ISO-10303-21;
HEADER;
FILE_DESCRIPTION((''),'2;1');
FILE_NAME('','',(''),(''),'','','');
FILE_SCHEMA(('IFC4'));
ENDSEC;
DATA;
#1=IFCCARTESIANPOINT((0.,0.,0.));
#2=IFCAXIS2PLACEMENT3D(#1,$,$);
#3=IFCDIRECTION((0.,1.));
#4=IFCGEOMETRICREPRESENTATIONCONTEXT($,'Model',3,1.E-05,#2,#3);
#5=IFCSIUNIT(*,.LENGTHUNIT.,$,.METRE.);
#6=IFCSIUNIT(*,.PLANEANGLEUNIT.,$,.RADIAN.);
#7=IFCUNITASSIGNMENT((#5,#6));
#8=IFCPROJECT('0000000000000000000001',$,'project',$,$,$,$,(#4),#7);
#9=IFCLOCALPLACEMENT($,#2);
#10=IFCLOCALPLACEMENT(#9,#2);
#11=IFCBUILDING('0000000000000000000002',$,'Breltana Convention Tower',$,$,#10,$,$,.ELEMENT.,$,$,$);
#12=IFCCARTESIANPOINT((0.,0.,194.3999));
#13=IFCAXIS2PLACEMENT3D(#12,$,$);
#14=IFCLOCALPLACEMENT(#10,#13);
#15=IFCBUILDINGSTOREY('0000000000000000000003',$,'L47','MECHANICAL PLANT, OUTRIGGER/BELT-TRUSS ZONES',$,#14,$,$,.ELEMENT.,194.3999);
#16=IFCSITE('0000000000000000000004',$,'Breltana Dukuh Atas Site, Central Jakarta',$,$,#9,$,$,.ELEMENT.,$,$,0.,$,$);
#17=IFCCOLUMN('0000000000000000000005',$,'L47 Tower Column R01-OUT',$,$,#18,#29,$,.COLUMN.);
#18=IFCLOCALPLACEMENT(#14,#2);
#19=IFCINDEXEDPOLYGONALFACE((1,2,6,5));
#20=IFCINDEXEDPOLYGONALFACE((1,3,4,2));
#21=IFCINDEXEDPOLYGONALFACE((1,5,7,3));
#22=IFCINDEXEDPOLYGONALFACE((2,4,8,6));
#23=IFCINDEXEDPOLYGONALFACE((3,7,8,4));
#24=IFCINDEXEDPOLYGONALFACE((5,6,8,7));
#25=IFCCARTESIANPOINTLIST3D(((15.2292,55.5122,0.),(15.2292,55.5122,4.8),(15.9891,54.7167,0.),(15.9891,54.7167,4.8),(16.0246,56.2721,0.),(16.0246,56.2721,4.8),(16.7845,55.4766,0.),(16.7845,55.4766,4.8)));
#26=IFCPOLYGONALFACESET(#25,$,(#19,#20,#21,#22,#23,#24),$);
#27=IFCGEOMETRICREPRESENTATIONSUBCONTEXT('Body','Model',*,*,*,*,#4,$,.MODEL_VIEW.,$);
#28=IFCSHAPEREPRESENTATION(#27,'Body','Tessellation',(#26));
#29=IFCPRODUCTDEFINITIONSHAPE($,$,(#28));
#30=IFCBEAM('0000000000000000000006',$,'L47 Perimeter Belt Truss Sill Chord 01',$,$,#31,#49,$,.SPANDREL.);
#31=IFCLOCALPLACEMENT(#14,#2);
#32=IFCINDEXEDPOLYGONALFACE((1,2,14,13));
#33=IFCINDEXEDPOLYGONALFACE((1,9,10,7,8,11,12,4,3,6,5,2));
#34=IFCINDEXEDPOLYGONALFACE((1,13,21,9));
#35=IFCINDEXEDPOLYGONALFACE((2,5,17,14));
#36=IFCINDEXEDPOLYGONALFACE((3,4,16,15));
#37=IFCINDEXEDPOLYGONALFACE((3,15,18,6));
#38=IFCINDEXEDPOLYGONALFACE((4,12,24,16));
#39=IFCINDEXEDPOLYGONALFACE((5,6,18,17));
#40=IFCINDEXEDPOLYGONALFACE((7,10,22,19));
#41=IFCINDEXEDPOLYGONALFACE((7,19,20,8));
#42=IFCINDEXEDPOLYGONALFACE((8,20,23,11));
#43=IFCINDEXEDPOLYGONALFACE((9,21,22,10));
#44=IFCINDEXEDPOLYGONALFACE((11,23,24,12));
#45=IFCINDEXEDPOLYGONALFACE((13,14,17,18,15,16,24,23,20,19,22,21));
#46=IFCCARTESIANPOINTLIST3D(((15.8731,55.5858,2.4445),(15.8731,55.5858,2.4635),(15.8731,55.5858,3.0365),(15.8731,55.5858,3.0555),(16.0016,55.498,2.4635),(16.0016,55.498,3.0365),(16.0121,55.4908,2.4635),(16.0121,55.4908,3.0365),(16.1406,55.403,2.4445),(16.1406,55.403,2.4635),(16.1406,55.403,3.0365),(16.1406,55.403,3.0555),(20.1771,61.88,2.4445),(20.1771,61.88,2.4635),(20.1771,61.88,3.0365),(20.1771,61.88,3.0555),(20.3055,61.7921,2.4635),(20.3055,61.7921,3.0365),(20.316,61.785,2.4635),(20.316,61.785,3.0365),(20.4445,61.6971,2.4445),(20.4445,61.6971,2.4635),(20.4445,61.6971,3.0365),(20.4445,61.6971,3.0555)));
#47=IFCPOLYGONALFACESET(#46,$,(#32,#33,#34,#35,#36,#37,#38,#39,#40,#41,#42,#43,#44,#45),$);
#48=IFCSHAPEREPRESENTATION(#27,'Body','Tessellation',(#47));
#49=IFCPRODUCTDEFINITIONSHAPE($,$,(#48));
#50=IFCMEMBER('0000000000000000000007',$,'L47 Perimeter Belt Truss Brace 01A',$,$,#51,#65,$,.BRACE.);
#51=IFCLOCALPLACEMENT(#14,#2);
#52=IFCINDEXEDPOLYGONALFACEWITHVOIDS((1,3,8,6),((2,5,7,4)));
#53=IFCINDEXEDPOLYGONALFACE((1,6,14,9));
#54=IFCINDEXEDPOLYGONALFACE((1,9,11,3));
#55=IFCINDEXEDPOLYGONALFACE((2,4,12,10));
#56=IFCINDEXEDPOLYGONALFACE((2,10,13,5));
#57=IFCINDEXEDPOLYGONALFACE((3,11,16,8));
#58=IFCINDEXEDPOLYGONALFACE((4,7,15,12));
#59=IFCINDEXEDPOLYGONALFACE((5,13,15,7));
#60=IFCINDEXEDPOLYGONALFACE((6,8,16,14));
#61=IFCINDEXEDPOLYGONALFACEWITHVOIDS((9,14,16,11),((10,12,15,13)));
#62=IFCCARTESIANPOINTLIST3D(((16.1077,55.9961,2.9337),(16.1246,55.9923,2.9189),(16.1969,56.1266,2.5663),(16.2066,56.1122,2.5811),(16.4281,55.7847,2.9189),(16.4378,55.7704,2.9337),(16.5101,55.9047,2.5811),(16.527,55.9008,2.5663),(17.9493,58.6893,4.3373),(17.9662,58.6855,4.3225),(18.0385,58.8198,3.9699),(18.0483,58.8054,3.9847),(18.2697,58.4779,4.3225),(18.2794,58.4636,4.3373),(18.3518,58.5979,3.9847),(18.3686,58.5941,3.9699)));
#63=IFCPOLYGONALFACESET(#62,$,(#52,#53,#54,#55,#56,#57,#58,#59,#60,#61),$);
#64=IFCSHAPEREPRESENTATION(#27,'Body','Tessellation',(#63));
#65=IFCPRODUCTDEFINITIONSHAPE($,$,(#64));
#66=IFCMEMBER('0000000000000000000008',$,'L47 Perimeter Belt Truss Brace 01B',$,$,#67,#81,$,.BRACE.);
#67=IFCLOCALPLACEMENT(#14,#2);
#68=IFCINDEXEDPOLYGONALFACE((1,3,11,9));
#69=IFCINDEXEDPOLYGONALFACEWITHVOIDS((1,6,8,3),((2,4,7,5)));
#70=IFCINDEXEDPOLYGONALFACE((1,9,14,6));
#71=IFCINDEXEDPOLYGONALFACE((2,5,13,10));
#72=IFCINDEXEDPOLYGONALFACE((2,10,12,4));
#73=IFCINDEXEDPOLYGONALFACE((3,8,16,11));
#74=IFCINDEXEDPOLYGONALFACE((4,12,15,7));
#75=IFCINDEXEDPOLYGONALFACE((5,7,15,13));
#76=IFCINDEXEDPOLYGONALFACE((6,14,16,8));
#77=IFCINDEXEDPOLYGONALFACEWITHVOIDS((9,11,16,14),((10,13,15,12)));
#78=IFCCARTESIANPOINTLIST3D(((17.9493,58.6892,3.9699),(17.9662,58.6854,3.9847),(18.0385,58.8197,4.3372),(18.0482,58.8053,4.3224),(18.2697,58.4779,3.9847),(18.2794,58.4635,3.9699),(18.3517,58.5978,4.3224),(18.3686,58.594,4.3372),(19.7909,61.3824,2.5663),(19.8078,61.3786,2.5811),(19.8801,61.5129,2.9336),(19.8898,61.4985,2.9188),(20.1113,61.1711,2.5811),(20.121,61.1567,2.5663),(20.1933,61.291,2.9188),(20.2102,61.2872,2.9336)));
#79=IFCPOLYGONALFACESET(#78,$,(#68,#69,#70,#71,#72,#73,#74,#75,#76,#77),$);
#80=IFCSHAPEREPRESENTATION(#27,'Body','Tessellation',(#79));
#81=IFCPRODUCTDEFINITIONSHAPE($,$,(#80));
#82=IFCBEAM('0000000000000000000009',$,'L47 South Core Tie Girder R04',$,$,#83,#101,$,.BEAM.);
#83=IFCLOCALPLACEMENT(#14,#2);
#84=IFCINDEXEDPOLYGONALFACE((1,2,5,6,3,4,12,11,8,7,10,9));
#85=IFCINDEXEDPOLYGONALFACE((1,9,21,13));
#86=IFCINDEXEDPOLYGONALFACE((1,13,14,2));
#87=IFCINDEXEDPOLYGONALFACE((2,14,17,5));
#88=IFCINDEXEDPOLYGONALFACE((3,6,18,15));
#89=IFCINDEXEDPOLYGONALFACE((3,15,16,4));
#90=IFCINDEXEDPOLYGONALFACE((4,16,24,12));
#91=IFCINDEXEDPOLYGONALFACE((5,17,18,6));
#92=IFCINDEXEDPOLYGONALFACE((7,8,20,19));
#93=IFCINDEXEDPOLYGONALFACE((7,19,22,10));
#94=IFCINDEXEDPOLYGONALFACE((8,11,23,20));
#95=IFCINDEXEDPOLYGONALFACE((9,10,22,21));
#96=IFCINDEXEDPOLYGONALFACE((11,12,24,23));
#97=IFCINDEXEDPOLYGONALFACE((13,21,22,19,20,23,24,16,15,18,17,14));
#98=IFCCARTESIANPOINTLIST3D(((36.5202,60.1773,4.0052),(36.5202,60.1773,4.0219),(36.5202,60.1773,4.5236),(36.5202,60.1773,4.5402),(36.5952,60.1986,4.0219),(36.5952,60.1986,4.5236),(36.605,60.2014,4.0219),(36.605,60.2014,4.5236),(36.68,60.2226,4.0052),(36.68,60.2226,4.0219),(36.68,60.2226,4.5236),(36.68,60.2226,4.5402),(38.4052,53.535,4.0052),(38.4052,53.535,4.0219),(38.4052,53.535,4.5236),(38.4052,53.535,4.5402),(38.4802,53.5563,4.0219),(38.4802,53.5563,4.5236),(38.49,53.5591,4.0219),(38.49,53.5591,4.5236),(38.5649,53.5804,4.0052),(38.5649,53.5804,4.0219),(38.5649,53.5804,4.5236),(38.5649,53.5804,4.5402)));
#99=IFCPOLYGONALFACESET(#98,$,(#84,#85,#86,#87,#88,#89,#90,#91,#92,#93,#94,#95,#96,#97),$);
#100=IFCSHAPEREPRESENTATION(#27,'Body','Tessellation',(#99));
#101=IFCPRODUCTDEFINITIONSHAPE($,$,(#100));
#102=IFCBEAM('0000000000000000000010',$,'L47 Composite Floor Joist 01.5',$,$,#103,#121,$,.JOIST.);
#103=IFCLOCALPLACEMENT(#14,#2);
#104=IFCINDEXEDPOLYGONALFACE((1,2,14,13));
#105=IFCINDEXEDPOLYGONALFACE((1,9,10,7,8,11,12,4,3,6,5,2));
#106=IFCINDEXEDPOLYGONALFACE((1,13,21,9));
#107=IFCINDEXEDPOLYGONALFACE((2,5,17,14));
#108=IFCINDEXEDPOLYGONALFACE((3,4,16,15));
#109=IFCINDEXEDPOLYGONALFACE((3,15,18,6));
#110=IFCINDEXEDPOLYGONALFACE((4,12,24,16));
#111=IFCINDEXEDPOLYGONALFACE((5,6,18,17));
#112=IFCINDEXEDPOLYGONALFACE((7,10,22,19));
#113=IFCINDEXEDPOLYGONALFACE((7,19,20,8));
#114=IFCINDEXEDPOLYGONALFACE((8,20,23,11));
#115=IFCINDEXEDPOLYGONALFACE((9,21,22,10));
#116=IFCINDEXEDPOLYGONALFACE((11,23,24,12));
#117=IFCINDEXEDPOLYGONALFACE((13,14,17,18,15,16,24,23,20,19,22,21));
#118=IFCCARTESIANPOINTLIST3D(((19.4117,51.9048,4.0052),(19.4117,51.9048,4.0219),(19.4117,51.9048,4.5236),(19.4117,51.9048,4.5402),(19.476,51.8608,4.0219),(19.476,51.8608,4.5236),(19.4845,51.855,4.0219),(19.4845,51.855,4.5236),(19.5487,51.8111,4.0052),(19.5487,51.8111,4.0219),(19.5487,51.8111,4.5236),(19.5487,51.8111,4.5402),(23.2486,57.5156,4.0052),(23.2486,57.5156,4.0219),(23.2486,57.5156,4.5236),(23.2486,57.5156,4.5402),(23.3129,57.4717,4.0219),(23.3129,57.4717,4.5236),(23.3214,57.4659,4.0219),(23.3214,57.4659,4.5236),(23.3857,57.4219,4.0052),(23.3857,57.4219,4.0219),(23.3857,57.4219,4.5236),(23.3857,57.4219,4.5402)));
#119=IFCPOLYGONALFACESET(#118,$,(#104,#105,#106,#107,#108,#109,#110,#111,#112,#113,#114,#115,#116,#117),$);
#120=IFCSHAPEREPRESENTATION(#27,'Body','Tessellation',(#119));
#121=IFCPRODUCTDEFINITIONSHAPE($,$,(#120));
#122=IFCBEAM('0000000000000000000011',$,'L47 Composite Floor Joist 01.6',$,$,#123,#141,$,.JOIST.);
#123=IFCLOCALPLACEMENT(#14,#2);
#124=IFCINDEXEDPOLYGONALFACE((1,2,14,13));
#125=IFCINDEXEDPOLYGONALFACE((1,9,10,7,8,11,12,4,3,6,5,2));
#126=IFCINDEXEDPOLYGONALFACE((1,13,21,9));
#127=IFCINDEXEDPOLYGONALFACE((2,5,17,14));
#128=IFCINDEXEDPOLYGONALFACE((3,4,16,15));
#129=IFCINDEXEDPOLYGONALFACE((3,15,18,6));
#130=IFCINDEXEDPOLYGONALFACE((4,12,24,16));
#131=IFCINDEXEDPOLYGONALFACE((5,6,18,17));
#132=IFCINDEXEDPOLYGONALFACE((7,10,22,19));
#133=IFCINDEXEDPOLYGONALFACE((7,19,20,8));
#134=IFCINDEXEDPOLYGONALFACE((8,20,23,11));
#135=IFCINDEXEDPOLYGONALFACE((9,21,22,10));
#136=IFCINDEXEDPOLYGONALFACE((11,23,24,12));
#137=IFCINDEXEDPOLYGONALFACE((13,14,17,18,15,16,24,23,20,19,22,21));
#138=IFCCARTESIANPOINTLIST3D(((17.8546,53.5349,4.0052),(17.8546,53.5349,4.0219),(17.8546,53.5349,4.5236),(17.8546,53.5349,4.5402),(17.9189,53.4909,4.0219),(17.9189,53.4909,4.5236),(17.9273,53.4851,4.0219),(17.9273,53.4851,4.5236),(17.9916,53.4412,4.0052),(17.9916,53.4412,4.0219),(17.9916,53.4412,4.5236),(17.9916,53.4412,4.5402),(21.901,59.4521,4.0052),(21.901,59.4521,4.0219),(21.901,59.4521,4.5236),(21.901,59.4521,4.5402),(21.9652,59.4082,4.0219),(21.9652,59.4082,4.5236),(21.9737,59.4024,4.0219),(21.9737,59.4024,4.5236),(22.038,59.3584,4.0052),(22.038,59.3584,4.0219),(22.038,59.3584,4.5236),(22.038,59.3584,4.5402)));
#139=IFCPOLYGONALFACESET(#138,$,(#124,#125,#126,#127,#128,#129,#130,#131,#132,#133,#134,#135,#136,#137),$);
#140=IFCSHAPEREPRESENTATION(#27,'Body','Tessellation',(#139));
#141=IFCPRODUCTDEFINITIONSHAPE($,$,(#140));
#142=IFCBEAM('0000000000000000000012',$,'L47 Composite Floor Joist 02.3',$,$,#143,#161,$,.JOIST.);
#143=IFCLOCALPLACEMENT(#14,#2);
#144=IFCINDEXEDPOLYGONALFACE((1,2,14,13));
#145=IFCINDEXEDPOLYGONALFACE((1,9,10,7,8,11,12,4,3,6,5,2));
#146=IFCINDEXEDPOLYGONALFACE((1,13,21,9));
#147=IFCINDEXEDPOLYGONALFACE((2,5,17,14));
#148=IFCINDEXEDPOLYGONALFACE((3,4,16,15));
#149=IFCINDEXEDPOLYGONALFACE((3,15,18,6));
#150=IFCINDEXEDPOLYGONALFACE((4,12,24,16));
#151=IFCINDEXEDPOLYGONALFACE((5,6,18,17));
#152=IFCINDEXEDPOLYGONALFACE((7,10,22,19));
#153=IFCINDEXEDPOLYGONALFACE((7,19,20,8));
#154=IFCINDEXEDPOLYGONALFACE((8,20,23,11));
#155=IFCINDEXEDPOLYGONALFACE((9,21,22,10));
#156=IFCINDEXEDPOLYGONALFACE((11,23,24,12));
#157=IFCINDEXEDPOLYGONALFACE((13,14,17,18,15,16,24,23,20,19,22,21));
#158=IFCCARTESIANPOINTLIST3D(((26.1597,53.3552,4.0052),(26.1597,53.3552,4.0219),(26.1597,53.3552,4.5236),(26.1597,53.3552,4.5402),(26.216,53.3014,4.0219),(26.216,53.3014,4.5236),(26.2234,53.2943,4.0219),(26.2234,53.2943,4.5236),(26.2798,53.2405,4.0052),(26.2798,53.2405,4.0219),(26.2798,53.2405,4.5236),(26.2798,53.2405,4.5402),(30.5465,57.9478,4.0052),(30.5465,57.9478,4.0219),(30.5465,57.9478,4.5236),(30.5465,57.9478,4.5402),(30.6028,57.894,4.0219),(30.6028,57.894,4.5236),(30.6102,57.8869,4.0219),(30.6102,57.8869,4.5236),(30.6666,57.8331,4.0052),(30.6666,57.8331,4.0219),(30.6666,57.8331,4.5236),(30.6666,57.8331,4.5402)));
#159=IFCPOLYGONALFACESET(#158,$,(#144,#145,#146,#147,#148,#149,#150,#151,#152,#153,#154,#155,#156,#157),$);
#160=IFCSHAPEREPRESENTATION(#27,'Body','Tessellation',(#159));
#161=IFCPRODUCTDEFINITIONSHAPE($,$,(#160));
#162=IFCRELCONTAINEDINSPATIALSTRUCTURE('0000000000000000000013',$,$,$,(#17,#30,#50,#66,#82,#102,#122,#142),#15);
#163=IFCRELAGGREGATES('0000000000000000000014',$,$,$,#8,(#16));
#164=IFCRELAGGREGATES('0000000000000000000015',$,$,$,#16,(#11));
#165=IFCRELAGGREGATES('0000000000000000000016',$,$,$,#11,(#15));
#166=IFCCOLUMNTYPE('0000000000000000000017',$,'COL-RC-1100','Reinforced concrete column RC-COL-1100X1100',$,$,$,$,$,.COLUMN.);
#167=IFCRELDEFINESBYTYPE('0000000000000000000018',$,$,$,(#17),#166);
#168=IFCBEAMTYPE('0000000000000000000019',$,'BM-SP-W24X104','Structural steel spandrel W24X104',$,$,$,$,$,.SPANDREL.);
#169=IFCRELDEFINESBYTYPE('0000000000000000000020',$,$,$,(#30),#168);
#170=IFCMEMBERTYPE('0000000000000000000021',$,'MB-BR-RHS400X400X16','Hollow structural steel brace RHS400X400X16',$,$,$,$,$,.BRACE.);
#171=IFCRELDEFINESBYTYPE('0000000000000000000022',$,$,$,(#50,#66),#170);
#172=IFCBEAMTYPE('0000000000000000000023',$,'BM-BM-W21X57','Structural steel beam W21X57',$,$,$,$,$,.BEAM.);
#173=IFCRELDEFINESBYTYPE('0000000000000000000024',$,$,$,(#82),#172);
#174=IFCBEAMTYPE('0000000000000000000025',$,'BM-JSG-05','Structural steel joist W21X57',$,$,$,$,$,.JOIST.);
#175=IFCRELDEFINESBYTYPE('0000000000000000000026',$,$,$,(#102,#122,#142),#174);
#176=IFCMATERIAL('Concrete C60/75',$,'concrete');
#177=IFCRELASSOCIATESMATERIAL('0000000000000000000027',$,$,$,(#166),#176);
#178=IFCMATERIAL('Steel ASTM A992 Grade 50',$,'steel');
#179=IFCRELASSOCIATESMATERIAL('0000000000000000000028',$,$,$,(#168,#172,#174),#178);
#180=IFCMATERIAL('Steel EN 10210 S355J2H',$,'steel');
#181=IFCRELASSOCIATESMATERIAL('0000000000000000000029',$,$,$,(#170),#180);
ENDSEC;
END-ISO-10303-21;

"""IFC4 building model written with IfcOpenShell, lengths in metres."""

from ifc_helpers import new_model, si_unit, direction, frame, origin, origin_2d, place, context, subcontext, project, spatial, rectangle, hollow_rectangle, i_section, extrude, source, transform, mapped, material, material_profile, profile_set, type_object, type_shapes, element, save


model = new_model("IFC4")

# Units and contexts
model_context = context("Model", 3, precision=1e-05, world=origin(), true_north=direction((0.0, 1.0)))
body_context = subcontext(model_context, "Body", "Model", "MODEL_VIEW")
ifc_project = project(units=[si_unit("LENGTHUNIT", "METRE"), si_unit("PLANEANGLEUNIT", "RADIAN")], contexts=[model_context])

# Site, building, storey
site_placement = place(None, origin())
site = spatial("IfcSite", under=ifc_project, at=site_placement, Name="Breltana Dukuh Atas Site, Central Jakarta", CompositionType="ELEMENT", RefElevation=0.0)
building_placement = place(site_placement, origin())
building = spatial("IfcBuilding", under=site, at=building_placement, Name="Breltana Convention Tower", CompositionType="ELEMENT")
storey_placement = place(building_placement, frame((0.0, 0.0, 194.3999)))
storey = spatial("IfcBuildingStorey", under=building, at=storey_placement, Name="L47", Description="MECHANICAL PLANT, OUTRIGGER/BELT-TRUSS ZONES", CompositionType="ELEMENT", Elevation=194.3999)

# Column
ifc_material_1 = material(Name="Concrete C60/75", Category="concrete")
ifc_material_profile_1 = material_profile(ifc_material_1, rectangle(XDim=1.1001, YDim=1.1001, at=origin_2d()), Name="RC-COL-1100X1100")
ifc_profile_set_1 = profile_set([ifc_material_profile_1], Name="Concrete C60/75")
column_type = type_object("IfcColumnType", Name="COL-RC-1100", Description="Reinforced concrete column RC-COL-1100X1100", PredefinedType="COLUMN", material=ifc_profile_set_1)
shared_shape_1 = source(origin(), body_context, "Body", "SweptSolid", [
    extrude(rectangle(XDim=1.1001, YDim=1.1001, at=origin_2d()), origin(), (0.0, 0.0, 1.0), 4.8),
])
column_placement = place(storey_placement, frame((16.0068, 55.4944, 0.0), z_axis=(0.0, 0.0, 1.0), x_axis=(-0.690756, 0.723088, 0.0)))
element("IfcColumn", 1, at=column_placement, inside=storey, type_object=column_type, Name="L47 Tower Column R01-OUT", PredefinedType="COLUMN", context=body_context, shape_type="MappedRepresentation", body=[
    mapped(shared_shape_1, transform((0.0, 0.0, 0.0), scale=1.0)),
])

# Beam
ifc_material_2 = material(Name="Steel ASTM A992 Grade 50", Category="steel")
ifc_material_profile_2 = material_profile(ifc_material_2, i_section(OverallWidth=0.324, OverallDepth=0.6111, WebThickness=0.0127, FlangeThickness=0.019, at=origin_2d()), Name="W24X104")
ifc_profile_set_2 = profile_set([ifc_material_profile_2], Name="Steel ASTM A992 Grade 50")
beam_type_1 = type_object("IfcBeamType", Name="BM-SP-W24X104", Description="Structural steel spandrel W24X104", PredefinedType="SPANDREL", material=ifc_profile_set_2)
shared_shape_2 = source(origin(), body_context, "Body", "SweptSolid", [
    extrude(i_section(OverallWidth=0.324, OverallDepth=0.6111, WebThickness=0.0127, FlangeThickness=0.019, at=origin_2d()), origin(), (0.0, 0.0, 1.0), 7.625),
])
type_shapes(beam_type_1, [shared_shape_2])
beam_1_placement = place(storey_placement, frame((16.0068, 55.4944, 2.75), z_axis=(0.564452, 0.825466, 0.0), x_axis=(-0.825466, 0.564452, 0.0)))
element("IfcBeam", 2, at=beam_1_placement, inside=storey, type_object=beam_type_1, Name="L47 Perimeter Belt Truss Sill Chord 01", PredefinedType="SPANDREL", context=body_context, shape_type="MappedRepresentation", body=[
    mapped(shared_shape_2, transform((0.0, 0.0, 0.0), scale=1.0)),
])

# Members
ifc_material_3 = material(Name="Steel EN 10210 S355J2H", Category="steel")
ifc_material_profile_3 = material_profile(ifc_material_3, hollow_rectangle(XDim=0.3999, YDim=0.3999, WallThickness=0.0161, at=origin_2d()), Name="RHS400X400X16")
ifc_profile_set_3 = profile_set([ifc_material_profile_3], Name="Steel EN 10210 S355J2H")
member_type = type_object("IfcMemberType", Name="MB-BR-RHS400X400X16", Description="Hollow structural steel brace RHS400X400X16", PredefinedType="BRACE", material=ifc_profile_set_3)
shared_shape_3 = source(origin(), body_context, "Body", "SweptSolid", [
    extrude(hollow_rectangle(XDim=0.3999, YDim=0.3999, WallThickness=0.0161, at=origin_2d()), origin(), (0.0, 0.0, 1.0), 3.5518),
])
for number, where, z_axis, x_axis, name in (
    (3, (16.3174, 55.9485, 2.75), (0.518507, 0.758273, 0.395187), (-0.825465, 0.564453, 0.0), "L47 Perimeter Belt Truss Brace 01A"),
    (4, (18.1589, 58.6416, 4.1536), (0.518507, 0.758273, -0.395187), (-0.825465, 0.564453, 0.0), "L47 Perimeter Belt Truss Brace 01B"),
):
    element("IfcMember", number, at=place(storey_placement, frame(where, z_axis=z_axis, x_axis=x_axis)), inside=storey, type_object=member_type, Name=name, PredefinedType="BRACE", context=body_context, shape_type="MappedRepresentation", body=[
        mapped(shared_shape_3, transform((0.0, 0.0, 0.0), scale=1.0)),
    ])

# Beams
ifc_material_profile_4 = material_profile(ifc_material_2, i_section(OverallWidth=0.166, OverallDepth=0.5349, WebThickness=0.0103, FlangeThickness=0.0166, at=origin_2d()), Name="W21X57")
ifc_profile_set_4 = profile_set([ifc_material_profile_4], Name="Steel ASTM A992 Grade 50")
beam_type_2 = type_object("IfcBeamType", Name="BM-BM-W21X57", Description="Structural steel beam W21X57", PredefinedType="BEAM", material=ifc_profile_set_4)
shared_shape_4 = source(origin(), body_context, "Body", "SweptSolid", [
    extrude(i_section(OverallWidth=0.166, OverallDepth=0.5349, WebThickness=0.0103, FlangeThickness=0.0166, at=origin_2d()), origin(), (0.0, 0.0, 1.0), 6.9045),
])
type_shapes(beam_type_2, [shared_shape_4])
beam_2_placement = place(storey_placement, frame((36.6001, 60.2, 4.2727), z_axis=(0.273007, -0.962012, 0.0), x_axis=(0.962012, 0.273007, 0.0)))
element("IfcBeam", 5, at=beam_2_placement, inside=storey, type_object=beam_type_2, Name="L47 South Core Tie Girder R04", PredefinedType="BEAM", context=body_context, shape_type="MappedRepresentation", body=[
    mapped(shared_shape_4, transform((0.0, 0.0, 0.0), scale=1.0)),
])
ifc_material_profile_5 = material_profile(ifc_material_2, i_section(OverallWidth=0.166, OverallDepth=0.5349, WebThickness=0.0103, FlangeThickness=0.0166, at=origin_2d()), Name="W21X57")
ifc_profile_set_5 = profile_set([ifc_material_profile_5], Name="Steel ASTM A992 Grade 50")
beam_type_3 = type_object("IfcBeamType", Name="BM-JSG-05", Description="Structural steel joist W21X57", PredefinedType="JOIST", material=ifc_profile_set_5)
shared_shape_5 = source(origin(), body_context, "Body", "SweptSolid", [
    extrude(i_section(OverallWidth=0.166, OverallDepth=0.5349, WebThickness=0.0103, FlangeThickness=0.0166, at=origin_2d()), origin(), (0.0, 0.0, 1.0), 6.7974),
])
beam_3_placement = place(storey_placement, frame((19.4802, 51.8579, 4.2727), z_axis=(0.564475, 0.82545, 0.0), x_axis=(-0.82545, 0.564475, 0.0)))
element("IfcBeam", 6, at=beam_3_placement, inside=storey, type_object=beam_type_3, Name="L47 Composite Floor Joist 01.5", PredefinedType="JOIST", context=body_context, shape_type="MappedRepresentation", body=[
    mapped(shared_shape_5, transform((0.0, 0.0, 0.0), scale=1.0)),
])
shared_shape_6 = source(origin(), body_context, "Body", "SweptSolid", [
    extrude(i_section(OverallWidth=0.166, OverallDepth=0.5349, WebThickness=0.0103, FlangeThickness=0.0166, at=origin_2d()), origin(), (0.0, 0.0, 1.0), 7.1685),
])
beam_4_placement = place(storey_placement, frame((17.9231, 53.488, 4.2727), z_axis=(0.56447, 0.825453, 0.0), x_axis=(-0.825453, 0.56447, 0.0)))
element("IfcBeam", 7, at=beam_4_placement, inside=storey, type_object=beam_type_3, Name="L47 Composite Floor Joist 01.6", PredefinedType="JOIST", context=body_context, shape_type="MappedRepresentation", body=[
    mapped(shared_shape_6, transform((0.0, 0.0, 0.0), scale=1.0)),
])
shared_shape_7 = source(origin(), body_context, "Body", "SweptSolid", [
    extrude(i_section(OverallWidth=0.166, OverallDepth=0.5349, WebThickness=0.0103, FlangeThickness=0.0166, at=origin_2d()), origin(), (0.0, 0.0, 1.0), 6.3511),
])
beam_5_placement = place(storey_placement, frame((26.2197, 53.2979, 4.2727), z_axis=(0.690718, 0.723124, 0.0), x_axis=(-0.723124, 0.690718, 0.0)))
element("IfcBeam", 8, at=beam_5_placement, inside=storey, type_object=beam_type_3, Name="L47 Composite Floor Joist 02.3", PredefinedType="JOIST", context=body_context, shape_type="MappedRepresentation", body=[
    mapped(shared_shape_7, transform((0.0, 0.0, 0.0), scale=1.0)),
])

save(model, "model.ifc")
